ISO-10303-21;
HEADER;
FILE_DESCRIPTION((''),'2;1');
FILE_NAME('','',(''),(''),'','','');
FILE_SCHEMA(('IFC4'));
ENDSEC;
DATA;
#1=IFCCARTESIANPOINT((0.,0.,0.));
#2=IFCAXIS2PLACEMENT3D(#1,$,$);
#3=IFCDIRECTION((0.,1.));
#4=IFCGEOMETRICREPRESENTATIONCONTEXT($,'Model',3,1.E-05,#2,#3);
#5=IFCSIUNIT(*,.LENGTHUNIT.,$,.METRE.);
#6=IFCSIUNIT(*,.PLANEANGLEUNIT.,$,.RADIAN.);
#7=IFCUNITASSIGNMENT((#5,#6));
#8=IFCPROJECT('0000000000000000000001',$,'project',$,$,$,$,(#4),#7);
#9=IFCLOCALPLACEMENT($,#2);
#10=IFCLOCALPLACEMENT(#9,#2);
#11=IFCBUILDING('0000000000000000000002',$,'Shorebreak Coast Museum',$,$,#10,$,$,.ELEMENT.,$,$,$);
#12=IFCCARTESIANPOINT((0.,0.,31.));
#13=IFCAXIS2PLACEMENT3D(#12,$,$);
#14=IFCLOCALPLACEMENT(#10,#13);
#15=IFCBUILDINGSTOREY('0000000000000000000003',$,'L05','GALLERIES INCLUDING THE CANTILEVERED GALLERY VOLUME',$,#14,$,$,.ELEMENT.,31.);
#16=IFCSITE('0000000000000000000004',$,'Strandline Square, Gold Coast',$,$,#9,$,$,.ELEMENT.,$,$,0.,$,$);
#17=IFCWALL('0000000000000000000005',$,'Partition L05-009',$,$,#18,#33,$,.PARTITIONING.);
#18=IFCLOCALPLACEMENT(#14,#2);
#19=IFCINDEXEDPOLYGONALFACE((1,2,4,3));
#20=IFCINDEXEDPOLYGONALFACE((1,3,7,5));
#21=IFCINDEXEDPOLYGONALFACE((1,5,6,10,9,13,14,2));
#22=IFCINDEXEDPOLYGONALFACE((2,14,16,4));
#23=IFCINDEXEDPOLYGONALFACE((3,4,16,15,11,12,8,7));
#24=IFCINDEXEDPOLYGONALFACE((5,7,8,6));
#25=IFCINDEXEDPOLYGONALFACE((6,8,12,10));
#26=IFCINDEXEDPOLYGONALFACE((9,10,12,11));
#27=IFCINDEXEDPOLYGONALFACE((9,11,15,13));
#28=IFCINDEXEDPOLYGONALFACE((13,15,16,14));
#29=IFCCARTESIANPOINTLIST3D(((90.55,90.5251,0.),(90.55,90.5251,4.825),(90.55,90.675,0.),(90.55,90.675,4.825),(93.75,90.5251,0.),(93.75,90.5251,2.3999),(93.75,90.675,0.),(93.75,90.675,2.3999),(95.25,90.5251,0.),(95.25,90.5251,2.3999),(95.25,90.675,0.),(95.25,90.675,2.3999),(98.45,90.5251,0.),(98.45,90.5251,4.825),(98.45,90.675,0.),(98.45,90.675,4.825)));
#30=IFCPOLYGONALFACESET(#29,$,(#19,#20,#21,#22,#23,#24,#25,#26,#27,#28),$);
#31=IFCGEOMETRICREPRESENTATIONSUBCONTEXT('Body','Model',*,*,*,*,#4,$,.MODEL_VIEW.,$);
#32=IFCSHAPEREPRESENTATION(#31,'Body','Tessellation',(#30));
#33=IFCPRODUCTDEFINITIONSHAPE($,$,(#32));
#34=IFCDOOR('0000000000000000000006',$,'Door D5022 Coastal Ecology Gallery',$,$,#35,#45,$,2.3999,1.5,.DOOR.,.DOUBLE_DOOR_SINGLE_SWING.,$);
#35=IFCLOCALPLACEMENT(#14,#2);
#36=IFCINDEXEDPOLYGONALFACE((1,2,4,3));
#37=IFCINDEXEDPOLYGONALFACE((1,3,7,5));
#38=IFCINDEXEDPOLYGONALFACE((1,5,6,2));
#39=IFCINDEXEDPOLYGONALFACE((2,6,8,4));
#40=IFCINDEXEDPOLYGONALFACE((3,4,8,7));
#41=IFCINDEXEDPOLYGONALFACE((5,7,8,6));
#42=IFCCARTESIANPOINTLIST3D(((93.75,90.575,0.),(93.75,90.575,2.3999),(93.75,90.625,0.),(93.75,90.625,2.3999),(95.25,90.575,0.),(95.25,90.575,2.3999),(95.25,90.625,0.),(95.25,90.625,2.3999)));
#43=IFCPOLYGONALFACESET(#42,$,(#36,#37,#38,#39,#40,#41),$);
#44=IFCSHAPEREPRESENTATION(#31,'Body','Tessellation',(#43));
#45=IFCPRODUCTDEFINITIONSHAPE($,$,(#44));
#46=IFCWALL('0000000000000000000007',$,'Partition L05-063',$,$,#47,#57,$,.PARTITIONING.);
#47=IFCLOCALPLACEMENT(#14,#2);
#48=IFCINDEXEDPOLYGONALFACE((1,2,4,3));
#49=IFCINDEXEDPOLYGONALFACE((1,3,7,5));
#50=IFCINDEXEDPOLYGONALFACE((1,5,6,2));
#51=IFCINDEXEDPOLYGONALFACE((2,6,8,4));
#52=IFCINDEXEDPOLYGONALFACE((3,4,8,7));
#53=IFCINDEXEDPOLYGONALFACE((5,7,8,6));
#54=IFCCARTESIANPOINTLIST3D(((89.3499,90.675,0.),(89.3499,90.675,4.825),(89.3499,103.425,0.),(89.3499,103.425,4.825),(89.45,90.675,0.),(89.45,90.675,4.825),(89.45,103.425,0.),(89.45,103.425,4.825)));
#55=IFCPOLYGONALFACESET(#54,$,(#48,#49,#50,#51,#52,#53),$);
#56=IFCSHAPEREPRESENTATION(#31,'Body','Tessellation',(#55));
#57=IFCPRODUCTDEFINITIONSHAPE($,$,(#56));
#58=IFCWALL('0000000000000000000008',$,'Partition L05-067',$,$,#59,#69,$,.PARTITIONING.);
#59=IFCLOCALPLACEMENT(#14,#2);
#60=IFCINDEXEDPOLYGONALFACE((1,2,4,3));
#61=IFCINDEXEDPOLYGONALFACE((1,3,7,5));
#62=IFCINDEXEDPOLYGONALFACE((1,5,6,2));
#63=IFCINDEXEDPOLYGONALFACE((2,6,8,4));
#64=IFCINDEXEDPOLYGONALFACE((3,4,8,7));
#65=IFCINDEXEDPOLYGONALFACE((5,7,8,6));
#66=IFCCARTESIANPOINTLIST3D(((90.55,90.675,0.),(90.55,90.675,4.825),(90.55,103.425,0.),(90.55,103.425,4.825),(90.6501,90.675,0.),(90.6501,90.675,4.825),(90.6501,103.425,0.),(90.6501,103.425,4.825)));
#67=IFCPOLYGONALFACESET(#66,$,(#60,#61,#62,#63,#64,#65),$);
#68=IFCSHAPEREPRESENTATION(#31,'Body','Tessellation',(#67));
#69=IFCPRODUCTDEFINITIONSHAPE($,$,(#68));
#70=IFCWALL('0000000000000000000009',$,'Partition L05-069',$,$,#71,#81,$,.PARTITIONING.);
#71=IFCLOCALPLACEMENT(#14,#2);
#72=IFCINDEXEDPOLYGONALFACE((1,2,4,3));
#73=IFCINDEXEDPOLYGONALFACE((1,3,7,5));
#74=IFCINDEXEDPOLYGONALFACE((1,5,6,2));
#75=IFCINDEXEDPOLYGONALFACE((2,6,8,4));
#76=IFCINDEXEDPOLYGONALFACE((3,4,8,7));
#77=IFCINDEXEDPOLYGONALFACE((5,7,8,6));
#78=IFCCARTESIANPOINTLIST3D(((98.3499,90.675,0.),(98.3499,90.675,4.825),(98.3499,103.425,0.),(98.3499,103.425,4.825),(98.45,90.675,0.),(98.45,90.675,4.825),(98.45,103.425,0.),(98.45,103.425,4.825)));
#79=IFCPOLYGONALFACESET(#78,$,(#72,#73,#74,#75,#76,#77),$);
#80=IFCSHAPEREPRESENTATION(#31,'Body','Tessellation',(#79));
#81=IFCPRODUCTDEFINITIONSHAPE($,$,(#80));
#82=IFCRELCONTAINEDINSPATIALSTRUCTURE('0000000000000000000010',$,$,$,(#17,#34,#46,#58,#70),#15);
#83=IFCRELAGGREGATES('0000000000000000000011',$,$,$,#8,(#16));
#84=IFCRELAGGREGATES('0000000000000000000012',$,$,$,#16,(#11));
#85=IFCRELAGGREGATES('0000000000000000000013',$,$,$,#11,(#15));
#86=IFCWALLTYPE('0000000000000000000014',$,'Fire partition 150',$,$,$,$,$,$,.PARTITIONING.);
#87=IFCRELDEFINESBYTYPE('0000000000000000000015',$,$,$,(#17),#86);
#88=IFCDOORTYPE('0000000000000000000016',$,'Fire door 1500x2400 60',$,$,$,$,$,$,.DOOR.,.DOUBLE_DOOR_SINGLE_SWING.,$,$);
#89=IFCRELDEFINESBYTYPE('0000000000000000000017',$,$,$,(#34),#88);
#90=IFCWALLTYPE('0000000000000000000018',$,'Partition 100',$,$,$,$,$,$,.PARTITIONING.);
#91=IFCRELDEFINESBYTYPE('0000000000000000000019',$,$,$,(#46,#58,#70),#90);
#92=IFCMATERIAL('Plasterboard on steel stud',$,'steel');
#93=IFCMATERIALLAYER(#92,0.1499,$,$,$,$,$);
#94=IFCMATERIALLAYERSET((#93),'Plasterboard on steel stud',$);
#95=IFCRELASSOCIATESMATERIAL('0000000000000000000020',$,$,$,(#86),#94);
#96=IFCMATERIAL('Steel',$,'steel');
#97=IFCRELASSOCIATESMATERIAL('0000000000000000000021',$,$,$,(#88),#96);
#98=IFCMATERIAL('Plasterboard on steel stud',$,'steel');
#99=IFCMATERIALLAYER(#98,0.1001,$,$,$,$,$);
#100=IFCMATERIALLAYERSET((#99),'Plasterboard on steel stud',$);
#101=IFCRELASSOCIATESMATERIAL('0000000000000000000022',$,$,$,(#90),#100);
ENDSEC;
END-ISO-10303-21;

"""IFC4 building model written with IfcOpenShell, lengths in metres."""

from ifc_helpers import new_model, si_unit, direction, frame, frame_2d, origin, place, context, subcontext, project, spatial, rectangle, extrude, material, layer, layer_set, type_object, element, fill, save


model = new_model("IFC4")

# Units and contexts
model_context = context("Model", 3, precision=1e-05, world=origin(), true_north=direction((0.0, 1.0)))
body_context = subcontext(model_context, "Body", "Model", "MODEL_VIEW")
ifc_project = project(units=[si_unit("LENGTHUNIT", "METRE"), si_unit("PLANEANGLEUNIT", "RADIAN")], contexts=[model_context])

# Site, building, storey
site_placement = place(None, origin())
site = spatial("IfcSite", under=ifc_project, at=site_placement, Name="Strandline Square, Gold Coast", CompositionType="ELEMENT", RefElevation=0.0)
building_placement = place(site_placement, origin())
building = spatial("IfcBuilding", under=site, at=building_placement, Name="Shorebreak Coast Museum", CompositionType="ELEMENT")
storey_placement = place(building_placement, frame((0.0, 0.0, 31.0)))
storey = spatial("IfcBuildingStorey", under=building, at=storey_placement, Name="L05", Description="GALLERIES INCLUDING THE CANTILEVERED GALLERY VOLUME", CompositionType="ELEMENT", Elevation=31.0)

# Wall, opening, door
ifc_material_1 = material(Name="Plasterboard on steel stud", Category="steel")
ifc_layer_1 = layer(ifc_material_1, 0.1499)
ifc_layer_set_1 = layer_set([ifc_layer_1], Name="Plasterboard on steel stud")
wall_type_1 = type_object("IfcWallType", Name="Fire partition 150", PredefinedType="PARTITIONING", material=ifc_layer_set_1)
wall_placement = place(storey_placement, frame((90.55, 90.6001, 0.0), z_axis=(0.0, 0.0, 1.0), x_axis=(1.0, 0.0, 0.0)))
wall = element("IfcWall", 1, at=wall_placement, inside=storey, type_object=wall_type_1, Name="Partition L05-009", PredefinedType="PARTITIONING", context=body_context, shape_type="SweptSolid", body=[
    extrude(rectangle(XDim=7.8999, YDim=0.1499, at=frame_2d((3.95, 0.0))), origin(), (0.0, 0.0, 1.0), 4.825),
])
opening_placement = place(wall_placement, frame((3.2, 0.0, 0.0)))
opening = element("IfcOpeningElement", 2, at=opening_placement, cuts=wall, PredefinedType="OPENING", context=body_context, shape_type="SweptSolid", body=[
    extrude(rectangle(XDim=1.5, YDim=2.3999, at=frame_2d((0.75, 1.2))), frame((0.0, 0.085, 0.0), z_axis=(0.0, -1.0, 0.0), x_axis=(1.0, 0.0, 0.0)), (0.0, 0.0, 1.0), 0.1699),
])
ifc_material_2 = material(Name="Steel", Category="steel")
door_type = type_object("IfcDoorType", Name="Fire door 1500x2400 60", OperationType="DOUBLE_DOOR_SINGLE_SWING", PredefinedType="DOOR", material=ifc_material_2)
door_placement = place(opening_placement, origin())
door = element("IfcDoor", 3, at=door_placement, inside=storey, type_object=door_type, Name="Door D5022 Coastal Ecology Gallery", OperationType="DOUBLE_DOOR_SINGLE_SWING", OverallHeight=2.3999, OverallWidth=1.5, PredefinedType="DOOR", context=body_context, shape_type="SweptSolid", body=[
    extrude(rectangle(XDim=1.5, YDim=2.3999, at=frame_2d((0.75, 1.2))), frame((0.0, 0.0249, 0.0), z_axis=(0.0, -1.0, 0.0), x_axis=(1.0, 0.0, 0.0)), (0.0, 0.0, 1.0), 0.05),
])
fill(opening, door)

# Walls
ifc_material_3 = material(Name="Plasterboard on steel stud", Category="steel")
ifc_layer_2 = layer(ifc_material_3, 0.1001)
ifc_layer_set_2 = layer_set([ifc_layer_2], Name="Plasterboard on steel stud")
wall_type_2 = type_object("IfcWallType", Name="Partition 100", PredefinedType="PARTITIONING", material=ifc_layer_set_2)
for number, where, z_axis, x_axis, name in (
    (4, (89.3999, 90.675, 0.0), (0.0, 0.0, 1.0), (0.0, 1.0, 0.0), "Partition L05-063"),
    (5, (90.6001, 90.675, 0.0), (0.0, 0.0, 1.0), (0.0, 1.0, 0.0), "Partition L05-067"),
    (6, (98.3999, 90.675, 0.0), (0.0, 0.0, 1.0), (0.0, 1.0, 0.0), "Partition L05-069"),
):
    element("IfcWall", number, at=place(storey_placement, frame(where, z_axis=z_axis, x_axis=x_axis)), inside=storey, type_object=wall_type_2, Name=name, PredefinedType="PARTITIONING", context=body_context, shape_type="SweptSolid", body=[
        extrude(rectangle(XDim=12.75, YDim=0.1001, at=frame_2d((6.375, 0.0))), origin(), (0.0, 0.0, 1.0), 4.825),
    ])

save(model, "model.ifc")
